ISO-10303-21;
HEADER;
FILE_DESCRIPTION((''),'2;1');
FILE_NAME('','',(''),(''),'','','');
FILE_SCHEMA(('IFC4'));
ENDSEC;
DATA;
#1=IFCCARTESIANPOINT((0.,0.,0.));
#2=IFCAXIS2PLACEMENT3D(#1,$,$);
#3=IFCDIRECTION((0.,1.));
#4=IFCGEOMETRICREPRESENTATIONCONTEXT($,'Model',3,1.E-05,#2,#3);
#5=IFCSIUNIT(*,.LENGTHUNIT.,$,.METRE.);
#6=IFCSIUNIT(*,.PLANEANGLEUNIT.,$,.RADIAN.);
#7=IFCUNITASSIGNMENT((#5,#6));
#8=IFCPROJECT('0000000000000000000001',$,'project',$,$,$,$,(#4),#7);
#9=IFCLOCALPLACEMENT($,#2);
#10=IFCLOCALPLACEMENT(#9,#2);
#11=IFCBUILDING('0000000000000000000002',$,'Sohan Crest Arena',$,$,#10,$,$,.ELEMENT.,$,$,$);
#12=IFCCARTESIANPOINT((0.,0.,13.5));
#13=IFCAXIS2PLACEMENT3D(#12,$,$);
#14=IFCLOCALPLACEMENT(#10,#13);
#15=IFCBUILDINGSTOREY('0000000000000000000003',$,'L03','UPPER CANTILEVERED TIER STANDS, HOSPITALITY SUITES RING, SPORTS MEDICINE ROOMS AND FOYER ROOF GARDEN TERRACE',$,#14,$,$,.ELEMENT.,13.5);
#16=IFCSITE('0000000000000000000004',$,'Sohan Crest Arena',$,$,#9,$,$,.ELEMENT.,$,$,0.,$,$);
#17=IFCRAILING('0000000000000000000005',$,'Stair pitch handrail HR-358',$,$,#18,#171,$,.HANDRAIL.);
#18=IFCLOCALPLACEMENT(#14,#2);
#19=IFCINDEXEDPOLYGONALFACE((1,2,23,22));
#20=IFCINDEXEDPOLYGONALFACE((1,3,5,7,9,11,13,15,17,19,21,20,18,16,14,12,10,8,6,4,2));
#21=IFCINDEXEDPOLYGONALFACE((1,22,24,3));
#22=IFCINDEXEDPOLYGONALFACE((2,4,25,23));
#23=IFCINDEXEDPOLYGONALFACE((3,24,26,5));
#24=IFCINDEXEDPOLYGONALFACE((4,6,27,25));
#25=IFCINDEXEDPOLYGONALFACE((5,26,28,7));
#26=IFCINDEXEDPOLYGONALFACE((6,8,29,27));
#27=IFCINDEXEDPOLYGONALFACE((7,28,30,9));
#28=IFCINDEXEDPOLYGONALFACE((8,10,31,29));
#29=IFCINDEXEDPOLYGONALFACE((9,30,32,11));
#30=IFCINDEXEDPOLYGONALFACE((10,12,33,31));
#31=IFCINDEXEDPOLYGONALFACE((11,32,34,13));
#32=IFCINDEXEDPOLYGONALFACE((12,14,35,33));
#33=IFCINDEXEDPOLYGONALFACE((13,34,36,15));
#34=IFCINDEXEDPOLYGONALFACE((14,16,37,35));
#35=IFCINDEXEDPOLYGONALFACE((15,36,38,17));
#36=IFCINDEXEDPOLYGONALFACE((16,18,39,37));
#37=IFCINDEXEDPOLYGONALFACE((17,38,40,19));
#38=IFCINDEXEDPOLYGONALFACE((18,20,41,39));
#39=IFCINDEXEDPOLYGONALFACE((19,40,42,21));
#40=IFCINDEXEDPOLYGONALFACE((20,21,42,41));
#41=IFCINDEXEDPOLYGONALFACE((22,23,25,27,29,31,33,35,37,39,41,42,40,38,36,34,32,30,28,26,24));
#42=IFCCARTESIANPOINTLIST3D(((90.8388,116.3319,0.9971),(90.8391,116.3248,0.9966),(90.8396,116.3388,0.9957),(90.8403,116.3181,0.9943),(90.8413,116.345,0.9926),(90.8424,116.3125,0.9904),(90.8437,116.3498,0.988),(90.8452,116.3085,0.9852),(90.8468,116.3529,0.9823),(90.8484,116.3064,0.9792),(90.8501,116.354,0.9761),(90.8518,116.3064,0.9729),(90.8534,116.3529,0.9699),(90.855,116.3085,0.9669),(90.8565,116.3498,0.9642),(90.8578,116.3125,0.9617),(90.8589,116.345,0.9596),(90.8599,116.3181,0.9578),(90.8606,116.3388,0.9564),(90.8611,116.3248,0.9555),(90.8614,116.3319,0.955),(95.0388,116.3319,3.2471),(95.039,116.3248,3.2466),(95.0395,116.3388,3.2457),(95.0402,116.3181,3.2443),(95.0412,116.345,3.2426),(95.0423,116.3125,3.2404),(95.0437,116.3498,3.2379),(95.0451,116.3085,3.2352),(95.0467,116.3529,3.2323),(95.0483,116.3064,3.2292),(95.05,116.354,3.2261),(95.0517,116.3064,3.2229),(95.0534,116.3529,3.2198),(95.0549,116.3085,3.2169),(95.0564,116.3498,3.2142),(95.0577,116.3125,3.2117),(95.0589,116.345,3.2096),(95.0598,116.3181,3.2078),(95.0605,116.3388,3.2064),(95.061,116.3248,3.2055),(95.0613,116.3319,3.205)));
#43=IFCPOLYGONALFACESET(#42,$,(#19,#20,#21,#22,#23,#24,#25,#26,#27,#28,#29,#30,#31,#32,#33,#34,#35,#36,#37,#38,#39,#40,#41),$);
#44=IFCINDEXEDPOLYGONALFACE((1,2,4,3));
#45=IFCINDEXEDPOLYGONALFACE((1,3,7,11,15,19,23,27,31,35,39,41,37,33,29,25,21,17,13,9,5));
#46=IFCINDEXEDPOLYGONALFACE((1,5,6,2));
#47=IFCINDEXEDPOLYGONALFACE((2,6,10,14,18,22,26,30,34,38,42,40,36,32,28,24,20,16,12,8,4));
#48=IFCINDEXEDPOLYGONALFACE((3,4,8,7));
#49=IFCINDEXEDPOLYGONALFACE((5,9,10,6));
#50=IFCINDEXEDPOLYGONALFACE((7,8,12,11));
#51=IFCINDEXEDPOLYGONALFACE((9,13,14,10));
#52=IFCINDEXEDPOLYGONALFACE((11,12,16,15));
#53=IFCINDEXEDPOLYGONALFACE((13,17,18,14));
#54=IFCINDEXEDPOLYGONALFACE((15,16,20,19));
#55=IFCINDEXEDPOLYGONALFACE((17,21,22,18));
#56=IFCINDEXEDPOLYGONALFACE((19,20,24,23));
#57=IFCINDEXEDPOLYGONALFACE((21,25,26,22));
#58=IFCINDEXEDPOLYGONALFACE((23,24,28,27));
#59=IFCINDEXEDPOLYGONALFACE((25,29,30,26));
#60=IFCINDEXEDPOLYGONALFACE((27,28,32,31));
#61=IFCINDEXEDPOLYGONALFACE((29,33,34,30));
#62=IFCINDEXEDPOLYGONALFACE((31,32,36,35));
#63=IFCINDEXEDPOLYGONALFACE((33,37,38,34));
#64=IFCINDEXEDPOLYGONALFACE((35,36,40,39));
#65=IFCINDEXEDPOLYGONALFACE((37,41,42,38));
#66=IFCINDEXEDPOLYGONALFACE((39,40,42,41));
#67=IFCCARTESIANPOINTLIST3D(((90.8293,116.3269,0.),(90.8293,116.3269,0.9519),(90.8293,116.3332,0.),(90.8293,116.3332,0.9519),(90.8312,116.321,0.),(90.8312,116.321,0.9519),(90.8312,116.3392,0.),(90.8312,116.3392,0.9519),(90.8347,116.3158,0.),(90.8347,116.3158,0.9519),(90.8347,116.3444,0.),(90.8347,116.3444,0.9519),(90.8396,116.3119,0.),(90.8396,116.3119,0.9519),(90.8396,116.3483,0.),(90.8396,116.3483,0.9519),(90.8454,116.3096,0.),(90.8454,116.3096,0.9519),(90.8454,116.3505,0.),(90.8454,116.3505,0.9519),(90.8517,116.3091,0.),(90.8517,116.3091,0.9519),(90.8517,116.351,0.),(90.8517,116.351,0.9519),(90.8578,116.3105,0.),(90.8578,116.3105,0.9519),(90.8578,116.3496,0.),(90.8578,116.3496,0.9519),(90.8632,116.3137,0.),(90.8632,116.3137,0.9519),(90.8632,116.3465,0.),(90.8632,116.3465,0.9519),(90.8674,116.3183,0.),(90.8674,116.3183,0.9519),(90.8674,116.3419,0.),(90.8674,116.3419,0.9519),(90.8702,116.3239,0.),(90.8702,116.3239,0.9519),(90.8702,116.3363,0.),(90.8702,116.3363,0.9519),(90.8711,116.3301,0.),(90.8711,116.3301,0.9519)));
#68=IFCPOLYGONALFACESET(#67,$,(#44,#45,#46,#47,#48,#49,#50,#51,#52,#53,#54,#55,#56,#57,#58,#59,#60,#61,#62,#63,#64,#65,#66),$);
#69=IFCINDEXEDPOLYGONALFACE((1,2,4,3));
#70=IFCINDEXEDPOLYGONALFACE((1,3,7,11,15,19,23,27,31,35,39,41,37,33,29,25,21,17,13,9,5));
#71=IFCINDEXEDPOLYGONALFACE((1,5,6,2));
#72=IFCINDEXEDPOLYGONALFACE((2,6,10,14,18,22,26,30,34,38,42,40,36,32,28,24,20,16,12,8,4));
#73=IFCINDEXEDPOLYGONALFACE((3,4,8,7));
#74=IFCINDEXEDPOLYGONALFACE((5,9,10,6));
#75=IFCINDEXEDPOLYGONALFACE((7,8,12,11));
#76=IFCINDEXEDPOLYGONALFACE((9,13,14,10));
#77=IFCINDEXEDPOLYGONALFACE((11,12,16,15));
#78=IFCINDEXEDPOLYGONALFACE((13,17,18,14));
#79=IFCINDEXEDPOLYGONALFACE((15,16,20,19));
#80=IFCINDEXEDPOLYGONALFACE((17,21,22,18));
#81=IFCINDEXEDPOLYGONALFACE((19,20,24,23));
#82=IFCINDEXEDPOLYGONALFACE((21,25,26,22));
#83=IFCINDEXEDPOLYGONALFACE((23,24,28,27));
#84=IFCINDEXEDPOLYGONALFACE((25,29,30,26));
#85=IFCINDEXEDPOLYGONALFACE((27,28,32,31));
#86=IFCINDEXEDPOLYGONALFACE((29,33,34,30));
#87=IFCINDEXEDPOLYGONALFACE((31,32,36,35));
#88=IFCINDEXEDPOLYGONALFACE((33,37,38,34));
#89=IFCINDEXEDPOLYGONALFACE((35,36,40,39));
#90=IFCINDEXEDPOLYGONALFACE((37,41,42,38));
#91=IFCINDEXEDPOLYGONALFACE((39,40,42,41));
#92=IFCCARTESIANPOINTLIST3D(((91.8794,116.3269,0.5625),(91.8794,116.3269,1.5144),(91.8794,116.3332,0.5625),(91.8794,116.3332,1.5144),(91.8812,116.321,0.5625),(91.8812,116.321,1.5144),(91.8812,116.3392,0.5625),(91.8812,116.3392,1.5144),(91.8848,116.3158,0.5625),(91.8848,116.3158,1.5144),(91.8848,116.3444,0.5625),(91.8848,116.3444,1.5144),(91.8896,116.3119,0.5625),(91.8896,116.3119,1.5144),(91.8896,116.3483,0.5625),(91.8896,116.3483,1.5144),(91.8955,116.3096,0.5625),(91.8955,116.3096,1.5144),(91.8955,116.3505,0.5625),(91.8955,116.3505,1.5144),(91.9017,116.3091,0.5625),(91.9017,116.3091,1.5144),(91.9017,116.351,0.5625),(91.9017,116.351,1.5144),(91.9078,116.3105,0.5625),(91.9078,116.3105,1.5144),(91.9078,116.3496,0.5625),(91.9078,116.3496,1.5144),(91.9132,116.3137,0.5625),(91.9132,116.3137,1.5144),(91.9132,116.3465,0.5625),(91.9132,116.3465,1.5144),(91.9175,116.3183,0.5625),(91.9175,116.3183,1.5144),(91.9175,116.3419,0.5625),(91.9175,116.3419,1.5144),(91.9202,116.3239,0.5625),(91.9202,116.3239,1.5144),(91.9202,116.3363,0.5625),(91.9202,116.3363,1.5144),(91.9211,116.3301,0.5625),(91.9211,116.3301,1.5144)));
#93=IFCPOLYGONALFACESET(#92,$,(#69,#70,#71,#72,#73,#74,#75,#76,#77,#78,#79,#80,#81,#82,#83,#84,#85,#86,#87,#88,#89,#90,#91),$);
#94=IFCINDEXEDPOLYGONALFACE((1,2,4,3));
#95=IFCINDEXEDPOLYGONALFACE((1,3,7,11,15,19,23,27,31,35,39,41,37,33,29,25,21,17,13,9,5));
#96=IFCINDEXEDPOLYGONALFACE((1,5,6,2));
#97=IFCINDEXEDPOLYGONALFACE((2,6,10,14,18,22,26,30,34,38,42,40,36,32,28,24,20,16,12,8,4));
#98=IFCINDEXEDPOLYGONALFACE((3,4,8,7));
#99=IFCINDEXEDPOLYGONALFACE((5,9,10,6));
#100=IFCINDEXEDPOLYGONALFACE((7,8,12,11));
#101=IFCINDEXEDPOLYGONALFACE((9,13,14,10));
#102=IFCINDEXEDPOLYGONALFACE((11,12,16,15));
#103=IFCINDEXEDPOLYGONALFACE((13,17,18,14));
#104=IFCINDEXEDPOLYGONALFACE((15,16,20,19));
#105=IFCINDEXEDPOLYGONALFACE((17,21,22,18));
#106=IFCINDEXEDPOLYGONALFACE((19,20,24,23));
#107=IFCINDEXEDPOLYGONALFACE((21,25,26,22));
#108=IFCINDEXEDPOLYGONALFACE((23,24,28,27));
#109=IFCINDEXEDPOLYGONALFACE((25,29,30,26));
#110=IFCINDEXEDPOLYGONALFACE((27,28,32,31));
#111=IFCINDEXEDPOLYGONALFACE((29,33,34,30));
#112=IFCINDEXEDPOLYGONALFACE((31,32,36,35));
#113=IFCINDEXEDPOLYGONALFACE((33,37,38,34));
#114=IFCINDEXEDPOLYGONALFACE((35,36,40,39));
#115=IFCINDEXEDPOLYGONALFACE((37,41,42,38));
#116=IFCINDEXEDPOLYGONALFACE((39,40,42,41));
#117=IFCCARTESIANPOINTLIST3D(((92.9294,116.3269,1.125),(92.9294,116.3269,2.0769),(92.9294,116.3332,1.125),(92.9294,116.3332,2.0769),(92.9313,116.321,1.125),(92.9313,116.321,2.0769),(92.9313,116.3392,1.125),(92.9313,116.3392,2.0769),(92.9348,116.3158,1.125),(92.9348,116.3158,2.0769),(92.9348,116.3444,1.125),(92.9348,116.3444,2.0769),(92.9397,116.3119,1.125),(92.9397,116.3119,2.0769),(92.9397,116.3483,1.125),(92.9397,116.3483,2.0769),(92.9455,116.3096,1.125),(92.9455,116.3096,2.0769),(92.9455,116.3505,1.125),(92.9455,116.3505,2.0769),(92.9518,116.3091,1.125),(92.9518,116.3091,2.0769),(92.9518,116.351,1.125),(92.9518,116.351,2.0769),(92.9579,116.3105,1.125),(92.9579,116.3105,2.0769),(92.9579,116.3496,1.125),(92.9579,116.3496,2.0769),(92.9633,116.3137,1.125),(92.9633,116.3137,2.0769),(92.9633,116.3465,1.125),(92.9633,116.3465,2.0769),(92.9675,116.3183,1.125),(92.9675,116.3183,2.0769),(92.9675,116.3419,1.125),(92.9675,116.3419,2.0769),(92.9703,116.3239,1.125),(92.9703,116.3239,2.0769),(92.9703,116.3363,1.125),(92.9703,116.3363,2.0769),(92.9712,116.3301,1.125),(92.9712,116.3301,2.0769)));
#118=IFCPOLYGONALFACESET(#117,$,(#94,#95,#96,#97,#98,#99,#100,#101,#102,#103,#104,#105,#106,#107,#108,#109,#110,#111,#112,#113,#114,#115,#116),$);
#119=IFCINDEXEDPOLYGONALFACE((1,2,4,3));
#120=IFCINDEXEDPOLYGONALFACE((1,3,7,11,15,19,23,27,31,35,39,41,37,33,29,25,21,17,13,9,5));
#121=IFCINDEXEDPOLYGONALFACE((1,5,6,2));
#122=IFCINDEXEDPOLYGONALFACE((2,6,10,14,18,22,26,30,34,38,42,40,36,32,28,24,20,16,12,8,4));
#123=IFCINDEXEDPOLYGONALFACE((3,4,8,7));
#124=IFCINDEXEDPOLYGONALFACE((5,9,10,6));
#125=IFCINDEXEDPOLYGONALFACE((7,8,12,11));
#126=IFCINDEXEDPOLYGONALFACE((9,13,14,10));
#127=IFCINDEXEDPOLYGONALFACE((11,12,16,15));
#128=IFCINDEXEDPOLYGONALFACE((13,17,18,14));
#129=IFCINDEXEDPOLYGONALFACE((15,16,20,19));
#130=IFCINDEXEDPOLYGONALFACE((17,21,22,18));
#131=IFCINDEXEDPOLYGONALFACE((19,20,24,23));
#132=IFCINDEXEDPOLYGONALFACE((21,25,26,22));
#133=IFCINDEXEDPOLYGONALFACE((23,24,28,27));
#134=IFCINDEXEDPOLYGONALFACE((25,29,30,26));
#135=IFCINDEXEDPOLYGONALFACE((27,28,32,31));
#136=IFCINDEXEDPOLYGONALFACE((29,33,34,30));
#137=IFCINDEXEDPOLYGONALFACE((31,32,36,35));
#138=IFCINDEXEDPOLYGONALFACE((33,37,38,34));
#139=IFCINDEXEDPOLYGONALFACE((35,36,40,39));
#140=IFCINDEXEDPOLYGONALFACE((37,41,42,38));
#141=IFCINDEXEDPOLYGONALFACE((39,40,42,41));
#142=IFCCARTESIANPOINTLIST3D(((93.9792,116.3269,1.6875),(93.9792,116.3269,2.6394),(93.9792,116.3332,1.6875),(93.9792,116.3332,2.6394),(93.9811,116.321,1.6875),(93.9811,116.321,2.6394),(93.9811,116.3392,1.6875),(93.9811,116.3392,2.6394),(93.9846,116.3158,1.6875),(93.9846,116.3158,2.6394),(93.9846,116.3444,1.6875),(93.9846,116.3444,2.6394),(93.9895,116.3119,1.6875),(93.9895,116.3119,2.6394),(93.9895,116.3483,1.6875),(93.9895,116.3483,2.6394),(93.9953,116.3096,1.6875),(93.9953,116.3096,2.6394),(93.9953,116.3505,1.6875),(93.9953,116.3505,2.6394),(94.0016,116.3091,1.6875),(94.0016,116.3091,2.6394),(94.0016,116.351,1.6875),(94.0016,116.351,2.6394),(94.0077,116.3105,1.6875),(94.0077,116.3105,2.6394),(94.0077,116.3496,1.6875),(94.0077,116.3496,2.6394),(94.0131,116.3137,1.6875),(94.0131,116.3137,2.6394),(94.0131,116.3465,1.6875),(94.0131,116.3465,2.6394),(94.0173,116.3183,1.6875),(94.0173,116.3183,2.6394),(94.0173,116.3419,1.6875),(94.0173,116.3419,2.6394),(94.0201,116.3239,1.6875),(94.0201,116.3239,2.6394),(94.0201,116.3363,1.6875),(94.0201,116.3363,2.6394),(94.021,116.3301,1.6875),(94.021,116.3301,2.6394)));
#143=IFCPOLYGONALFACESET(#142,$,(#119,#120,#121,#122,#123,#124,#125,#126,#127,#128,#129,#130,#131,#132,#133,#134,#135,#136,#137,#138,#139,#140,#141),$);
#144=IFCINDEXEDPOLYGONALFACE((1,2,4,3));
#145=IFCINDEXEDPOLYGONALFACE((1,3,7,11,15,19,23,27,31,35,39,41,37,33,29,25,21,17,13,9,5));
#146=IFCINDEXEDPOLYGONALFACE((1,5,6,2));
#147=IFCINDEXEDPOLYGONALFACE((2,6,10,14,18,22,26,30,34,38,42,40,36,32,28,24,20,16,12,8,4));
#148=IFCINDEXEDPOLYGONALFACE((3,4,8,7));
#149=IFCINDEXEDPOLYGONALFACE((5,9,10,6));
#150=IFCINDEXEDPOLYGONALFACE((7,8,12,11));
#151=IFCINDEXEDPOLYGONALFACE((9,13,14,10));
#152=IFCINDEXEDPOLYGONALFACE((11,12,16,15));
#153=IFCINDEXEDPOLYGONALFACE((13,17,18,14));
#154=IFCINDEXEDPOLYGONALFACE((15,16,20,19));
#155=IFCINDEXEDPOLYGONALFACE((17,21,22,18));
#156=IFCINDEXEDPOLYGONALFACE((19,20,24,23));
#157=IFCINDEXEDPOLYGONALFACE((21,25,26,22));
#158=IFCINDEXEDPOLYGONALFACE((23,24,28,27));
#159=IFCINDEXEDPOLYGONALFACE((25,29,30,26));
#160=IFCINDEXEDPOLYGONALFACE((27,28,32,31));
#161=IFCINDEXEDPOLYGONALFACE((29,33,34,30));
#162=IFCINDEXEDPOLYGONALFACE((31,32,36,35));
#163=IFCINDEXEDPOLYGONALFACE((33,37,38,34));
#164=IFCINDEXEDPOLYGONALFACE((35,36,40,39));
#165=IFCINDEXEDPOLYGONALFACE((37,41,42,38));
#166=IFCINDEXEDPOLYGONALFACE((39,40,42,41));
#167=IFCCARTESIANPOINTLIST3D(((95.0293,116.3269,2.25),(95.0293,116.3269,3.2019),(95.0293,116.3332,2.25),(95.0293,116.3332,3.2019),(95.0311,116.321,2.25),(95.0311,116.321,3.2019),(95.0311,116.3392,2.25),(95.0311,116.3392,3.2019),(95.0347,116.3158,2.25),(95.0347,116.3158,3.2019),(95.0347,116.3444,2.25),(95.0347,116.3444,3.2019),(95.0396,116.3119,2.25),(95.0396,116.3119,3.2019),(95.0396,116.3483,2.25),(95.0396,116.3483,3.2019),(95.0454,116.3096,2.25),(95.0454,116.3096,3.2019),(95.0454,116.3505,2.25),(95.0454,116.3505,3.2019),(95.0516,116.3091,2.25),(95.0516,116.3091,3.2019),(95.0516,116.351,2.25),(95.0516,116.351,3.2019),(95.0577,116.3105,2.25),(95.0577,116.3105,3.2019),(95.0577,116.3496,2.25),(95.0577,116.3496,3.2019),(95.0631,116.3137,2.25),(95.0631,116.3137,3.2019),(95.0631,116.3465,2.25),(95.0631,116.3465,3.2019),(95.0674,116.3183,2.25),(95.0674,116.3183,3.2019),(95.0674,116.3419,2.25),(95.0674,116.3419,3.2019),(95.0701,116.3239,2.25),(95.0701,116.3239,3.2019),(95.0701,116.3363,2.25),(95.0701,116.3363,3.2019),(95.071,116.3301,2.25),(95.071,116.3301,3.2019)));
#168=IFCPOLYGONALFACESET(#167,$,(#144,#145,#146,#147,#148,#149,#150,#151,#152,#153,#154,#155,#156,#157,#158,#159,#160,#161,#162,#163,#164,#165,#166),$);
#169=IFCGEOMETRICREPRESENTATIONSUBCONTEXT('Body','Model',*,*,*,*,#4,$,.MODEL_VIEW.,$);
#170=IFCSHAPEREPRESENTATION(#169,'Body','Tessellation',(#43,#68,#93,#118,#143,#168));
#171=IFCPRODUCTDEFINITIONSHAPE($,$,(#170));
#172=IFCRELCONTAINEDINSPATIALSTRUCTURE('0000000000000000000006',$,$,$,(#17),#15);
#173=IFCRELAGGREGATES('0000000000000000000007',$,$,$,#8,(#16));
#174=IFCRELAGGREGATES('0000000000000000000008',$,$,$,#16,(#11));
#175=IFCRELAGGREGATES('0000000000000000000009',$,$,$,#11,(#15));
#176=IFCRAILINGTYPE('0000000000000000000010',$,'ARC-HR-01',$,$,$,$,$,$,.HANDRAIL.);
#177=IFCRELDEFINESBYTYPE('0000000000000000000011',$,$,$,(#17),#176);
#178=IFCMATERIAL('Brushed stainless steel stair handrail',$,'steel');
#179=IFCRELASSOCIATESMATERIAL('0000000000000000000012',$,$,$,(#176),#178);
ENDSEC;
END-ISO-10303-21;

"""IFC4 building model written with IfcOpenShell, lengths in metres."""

from ifc_helpers import new_model, si_unit, direction, frame, origin, origin_2d, place, context, subcontext, project, spatial, circle, extrude, material, type_object, element, save


model = new_model("IFC4")

# Units and contexts
model_context = context("Model", 3, precision=1e-05, world=origin(), true_north=direction((0.0, 1.0)))
body_context = subcontext(model_context, "Body", "Model", "MODEL_VIEW")
ifc_project = project(units=[si_unit("LENGTHUNIT", "METRE"), si_unit("PLANEANGLEUNIT", "RADIAN")], contexts=[model_context])

# Site, building, storey
site_placement = place(None, origin())
site = spatial("IfcSite", under=ifc_project, at=site_placement, Name="Sohan Crest Arena", CompositionType="ELEMENT", RefElevation=0.0)
building_placement = place(site_placement, origin())
building = spatial("IfcBuilding", under=site, at=building_placement, Name="Sohan Crest Arena", CompositionType="ELEMENT")
storey_placement = place(building_placement, frame((0.0, 0.0, 13.5)))
storey = spatial("IfcBuildingStorey", under=building, at=storey_placement, Name="L03", Description="UPPER CANTILEVERED TIER STANDS, HOSPITALITY SUITES RING, SPORTS MEDICINE ROOMS AND FOYER ROOF GARDEN TERRACE", CompositionType="ELEMENT", Elevation=13.5)

# Railing
ifc_material_1 = material(Name="Brushed stainless steel stair handrail", Category="steel")
railing_type_1 = type_object("IfcRailingType", Name="ARC-HR-01", PredefinedType="HANDRAIL", material=ifc_material_1)
for number, where, name in (
    (1, (90.8501, 116.3301, 0.0), "Stair pitch handrail HR-358"),
):
    element("IfcRailing", number, at=place(storey_placement, frame(where)), inside=storey, type_object=railing_type_1, Name=name, PredefinedType="HANDRAIL", context=body_context, shape_type="SweptSolid", body=[
        extrude(circle(Radius=0.0239, at=origin_2d()), frame((0.0, 0.0, 0.9761), z_axis=(0.881478, 0.0, 0.472226), x_axis=(0.0, 1.0, 0.0)), (0.0, 0.0, 1.0), 4.7646),
        extrude(circle(Radius=0.021, at=origin_2d()), origin(), (0.0, 0.0, 1.0), 0.9519),
        extrude(circle(Radius=0.021, at=origin_2d()), frame((1.05, 0.0, 0.5625)), (0.0, 0.0, 1.0), 0.9519),
        extrude(circle(Radius=0.021, at=origin_2d()), frame((2.1001, 0.0, 1.125)), (0.0, 0.0, 1.0), 0.9519),
        extrude(circle(Radius=0.021, at=origin_2d()), frame((3.1499, 0.0, 1.6875)), (0.0, 0.0, 1.0), 0.9519),
        extrude(circle(Radius=0.021, at=origin_2d()), frame((4.2, 0.0, 2.25)), (0.0, 0.0, 1.0), 0.9519),
    ])

save(model, "model.ifc")
